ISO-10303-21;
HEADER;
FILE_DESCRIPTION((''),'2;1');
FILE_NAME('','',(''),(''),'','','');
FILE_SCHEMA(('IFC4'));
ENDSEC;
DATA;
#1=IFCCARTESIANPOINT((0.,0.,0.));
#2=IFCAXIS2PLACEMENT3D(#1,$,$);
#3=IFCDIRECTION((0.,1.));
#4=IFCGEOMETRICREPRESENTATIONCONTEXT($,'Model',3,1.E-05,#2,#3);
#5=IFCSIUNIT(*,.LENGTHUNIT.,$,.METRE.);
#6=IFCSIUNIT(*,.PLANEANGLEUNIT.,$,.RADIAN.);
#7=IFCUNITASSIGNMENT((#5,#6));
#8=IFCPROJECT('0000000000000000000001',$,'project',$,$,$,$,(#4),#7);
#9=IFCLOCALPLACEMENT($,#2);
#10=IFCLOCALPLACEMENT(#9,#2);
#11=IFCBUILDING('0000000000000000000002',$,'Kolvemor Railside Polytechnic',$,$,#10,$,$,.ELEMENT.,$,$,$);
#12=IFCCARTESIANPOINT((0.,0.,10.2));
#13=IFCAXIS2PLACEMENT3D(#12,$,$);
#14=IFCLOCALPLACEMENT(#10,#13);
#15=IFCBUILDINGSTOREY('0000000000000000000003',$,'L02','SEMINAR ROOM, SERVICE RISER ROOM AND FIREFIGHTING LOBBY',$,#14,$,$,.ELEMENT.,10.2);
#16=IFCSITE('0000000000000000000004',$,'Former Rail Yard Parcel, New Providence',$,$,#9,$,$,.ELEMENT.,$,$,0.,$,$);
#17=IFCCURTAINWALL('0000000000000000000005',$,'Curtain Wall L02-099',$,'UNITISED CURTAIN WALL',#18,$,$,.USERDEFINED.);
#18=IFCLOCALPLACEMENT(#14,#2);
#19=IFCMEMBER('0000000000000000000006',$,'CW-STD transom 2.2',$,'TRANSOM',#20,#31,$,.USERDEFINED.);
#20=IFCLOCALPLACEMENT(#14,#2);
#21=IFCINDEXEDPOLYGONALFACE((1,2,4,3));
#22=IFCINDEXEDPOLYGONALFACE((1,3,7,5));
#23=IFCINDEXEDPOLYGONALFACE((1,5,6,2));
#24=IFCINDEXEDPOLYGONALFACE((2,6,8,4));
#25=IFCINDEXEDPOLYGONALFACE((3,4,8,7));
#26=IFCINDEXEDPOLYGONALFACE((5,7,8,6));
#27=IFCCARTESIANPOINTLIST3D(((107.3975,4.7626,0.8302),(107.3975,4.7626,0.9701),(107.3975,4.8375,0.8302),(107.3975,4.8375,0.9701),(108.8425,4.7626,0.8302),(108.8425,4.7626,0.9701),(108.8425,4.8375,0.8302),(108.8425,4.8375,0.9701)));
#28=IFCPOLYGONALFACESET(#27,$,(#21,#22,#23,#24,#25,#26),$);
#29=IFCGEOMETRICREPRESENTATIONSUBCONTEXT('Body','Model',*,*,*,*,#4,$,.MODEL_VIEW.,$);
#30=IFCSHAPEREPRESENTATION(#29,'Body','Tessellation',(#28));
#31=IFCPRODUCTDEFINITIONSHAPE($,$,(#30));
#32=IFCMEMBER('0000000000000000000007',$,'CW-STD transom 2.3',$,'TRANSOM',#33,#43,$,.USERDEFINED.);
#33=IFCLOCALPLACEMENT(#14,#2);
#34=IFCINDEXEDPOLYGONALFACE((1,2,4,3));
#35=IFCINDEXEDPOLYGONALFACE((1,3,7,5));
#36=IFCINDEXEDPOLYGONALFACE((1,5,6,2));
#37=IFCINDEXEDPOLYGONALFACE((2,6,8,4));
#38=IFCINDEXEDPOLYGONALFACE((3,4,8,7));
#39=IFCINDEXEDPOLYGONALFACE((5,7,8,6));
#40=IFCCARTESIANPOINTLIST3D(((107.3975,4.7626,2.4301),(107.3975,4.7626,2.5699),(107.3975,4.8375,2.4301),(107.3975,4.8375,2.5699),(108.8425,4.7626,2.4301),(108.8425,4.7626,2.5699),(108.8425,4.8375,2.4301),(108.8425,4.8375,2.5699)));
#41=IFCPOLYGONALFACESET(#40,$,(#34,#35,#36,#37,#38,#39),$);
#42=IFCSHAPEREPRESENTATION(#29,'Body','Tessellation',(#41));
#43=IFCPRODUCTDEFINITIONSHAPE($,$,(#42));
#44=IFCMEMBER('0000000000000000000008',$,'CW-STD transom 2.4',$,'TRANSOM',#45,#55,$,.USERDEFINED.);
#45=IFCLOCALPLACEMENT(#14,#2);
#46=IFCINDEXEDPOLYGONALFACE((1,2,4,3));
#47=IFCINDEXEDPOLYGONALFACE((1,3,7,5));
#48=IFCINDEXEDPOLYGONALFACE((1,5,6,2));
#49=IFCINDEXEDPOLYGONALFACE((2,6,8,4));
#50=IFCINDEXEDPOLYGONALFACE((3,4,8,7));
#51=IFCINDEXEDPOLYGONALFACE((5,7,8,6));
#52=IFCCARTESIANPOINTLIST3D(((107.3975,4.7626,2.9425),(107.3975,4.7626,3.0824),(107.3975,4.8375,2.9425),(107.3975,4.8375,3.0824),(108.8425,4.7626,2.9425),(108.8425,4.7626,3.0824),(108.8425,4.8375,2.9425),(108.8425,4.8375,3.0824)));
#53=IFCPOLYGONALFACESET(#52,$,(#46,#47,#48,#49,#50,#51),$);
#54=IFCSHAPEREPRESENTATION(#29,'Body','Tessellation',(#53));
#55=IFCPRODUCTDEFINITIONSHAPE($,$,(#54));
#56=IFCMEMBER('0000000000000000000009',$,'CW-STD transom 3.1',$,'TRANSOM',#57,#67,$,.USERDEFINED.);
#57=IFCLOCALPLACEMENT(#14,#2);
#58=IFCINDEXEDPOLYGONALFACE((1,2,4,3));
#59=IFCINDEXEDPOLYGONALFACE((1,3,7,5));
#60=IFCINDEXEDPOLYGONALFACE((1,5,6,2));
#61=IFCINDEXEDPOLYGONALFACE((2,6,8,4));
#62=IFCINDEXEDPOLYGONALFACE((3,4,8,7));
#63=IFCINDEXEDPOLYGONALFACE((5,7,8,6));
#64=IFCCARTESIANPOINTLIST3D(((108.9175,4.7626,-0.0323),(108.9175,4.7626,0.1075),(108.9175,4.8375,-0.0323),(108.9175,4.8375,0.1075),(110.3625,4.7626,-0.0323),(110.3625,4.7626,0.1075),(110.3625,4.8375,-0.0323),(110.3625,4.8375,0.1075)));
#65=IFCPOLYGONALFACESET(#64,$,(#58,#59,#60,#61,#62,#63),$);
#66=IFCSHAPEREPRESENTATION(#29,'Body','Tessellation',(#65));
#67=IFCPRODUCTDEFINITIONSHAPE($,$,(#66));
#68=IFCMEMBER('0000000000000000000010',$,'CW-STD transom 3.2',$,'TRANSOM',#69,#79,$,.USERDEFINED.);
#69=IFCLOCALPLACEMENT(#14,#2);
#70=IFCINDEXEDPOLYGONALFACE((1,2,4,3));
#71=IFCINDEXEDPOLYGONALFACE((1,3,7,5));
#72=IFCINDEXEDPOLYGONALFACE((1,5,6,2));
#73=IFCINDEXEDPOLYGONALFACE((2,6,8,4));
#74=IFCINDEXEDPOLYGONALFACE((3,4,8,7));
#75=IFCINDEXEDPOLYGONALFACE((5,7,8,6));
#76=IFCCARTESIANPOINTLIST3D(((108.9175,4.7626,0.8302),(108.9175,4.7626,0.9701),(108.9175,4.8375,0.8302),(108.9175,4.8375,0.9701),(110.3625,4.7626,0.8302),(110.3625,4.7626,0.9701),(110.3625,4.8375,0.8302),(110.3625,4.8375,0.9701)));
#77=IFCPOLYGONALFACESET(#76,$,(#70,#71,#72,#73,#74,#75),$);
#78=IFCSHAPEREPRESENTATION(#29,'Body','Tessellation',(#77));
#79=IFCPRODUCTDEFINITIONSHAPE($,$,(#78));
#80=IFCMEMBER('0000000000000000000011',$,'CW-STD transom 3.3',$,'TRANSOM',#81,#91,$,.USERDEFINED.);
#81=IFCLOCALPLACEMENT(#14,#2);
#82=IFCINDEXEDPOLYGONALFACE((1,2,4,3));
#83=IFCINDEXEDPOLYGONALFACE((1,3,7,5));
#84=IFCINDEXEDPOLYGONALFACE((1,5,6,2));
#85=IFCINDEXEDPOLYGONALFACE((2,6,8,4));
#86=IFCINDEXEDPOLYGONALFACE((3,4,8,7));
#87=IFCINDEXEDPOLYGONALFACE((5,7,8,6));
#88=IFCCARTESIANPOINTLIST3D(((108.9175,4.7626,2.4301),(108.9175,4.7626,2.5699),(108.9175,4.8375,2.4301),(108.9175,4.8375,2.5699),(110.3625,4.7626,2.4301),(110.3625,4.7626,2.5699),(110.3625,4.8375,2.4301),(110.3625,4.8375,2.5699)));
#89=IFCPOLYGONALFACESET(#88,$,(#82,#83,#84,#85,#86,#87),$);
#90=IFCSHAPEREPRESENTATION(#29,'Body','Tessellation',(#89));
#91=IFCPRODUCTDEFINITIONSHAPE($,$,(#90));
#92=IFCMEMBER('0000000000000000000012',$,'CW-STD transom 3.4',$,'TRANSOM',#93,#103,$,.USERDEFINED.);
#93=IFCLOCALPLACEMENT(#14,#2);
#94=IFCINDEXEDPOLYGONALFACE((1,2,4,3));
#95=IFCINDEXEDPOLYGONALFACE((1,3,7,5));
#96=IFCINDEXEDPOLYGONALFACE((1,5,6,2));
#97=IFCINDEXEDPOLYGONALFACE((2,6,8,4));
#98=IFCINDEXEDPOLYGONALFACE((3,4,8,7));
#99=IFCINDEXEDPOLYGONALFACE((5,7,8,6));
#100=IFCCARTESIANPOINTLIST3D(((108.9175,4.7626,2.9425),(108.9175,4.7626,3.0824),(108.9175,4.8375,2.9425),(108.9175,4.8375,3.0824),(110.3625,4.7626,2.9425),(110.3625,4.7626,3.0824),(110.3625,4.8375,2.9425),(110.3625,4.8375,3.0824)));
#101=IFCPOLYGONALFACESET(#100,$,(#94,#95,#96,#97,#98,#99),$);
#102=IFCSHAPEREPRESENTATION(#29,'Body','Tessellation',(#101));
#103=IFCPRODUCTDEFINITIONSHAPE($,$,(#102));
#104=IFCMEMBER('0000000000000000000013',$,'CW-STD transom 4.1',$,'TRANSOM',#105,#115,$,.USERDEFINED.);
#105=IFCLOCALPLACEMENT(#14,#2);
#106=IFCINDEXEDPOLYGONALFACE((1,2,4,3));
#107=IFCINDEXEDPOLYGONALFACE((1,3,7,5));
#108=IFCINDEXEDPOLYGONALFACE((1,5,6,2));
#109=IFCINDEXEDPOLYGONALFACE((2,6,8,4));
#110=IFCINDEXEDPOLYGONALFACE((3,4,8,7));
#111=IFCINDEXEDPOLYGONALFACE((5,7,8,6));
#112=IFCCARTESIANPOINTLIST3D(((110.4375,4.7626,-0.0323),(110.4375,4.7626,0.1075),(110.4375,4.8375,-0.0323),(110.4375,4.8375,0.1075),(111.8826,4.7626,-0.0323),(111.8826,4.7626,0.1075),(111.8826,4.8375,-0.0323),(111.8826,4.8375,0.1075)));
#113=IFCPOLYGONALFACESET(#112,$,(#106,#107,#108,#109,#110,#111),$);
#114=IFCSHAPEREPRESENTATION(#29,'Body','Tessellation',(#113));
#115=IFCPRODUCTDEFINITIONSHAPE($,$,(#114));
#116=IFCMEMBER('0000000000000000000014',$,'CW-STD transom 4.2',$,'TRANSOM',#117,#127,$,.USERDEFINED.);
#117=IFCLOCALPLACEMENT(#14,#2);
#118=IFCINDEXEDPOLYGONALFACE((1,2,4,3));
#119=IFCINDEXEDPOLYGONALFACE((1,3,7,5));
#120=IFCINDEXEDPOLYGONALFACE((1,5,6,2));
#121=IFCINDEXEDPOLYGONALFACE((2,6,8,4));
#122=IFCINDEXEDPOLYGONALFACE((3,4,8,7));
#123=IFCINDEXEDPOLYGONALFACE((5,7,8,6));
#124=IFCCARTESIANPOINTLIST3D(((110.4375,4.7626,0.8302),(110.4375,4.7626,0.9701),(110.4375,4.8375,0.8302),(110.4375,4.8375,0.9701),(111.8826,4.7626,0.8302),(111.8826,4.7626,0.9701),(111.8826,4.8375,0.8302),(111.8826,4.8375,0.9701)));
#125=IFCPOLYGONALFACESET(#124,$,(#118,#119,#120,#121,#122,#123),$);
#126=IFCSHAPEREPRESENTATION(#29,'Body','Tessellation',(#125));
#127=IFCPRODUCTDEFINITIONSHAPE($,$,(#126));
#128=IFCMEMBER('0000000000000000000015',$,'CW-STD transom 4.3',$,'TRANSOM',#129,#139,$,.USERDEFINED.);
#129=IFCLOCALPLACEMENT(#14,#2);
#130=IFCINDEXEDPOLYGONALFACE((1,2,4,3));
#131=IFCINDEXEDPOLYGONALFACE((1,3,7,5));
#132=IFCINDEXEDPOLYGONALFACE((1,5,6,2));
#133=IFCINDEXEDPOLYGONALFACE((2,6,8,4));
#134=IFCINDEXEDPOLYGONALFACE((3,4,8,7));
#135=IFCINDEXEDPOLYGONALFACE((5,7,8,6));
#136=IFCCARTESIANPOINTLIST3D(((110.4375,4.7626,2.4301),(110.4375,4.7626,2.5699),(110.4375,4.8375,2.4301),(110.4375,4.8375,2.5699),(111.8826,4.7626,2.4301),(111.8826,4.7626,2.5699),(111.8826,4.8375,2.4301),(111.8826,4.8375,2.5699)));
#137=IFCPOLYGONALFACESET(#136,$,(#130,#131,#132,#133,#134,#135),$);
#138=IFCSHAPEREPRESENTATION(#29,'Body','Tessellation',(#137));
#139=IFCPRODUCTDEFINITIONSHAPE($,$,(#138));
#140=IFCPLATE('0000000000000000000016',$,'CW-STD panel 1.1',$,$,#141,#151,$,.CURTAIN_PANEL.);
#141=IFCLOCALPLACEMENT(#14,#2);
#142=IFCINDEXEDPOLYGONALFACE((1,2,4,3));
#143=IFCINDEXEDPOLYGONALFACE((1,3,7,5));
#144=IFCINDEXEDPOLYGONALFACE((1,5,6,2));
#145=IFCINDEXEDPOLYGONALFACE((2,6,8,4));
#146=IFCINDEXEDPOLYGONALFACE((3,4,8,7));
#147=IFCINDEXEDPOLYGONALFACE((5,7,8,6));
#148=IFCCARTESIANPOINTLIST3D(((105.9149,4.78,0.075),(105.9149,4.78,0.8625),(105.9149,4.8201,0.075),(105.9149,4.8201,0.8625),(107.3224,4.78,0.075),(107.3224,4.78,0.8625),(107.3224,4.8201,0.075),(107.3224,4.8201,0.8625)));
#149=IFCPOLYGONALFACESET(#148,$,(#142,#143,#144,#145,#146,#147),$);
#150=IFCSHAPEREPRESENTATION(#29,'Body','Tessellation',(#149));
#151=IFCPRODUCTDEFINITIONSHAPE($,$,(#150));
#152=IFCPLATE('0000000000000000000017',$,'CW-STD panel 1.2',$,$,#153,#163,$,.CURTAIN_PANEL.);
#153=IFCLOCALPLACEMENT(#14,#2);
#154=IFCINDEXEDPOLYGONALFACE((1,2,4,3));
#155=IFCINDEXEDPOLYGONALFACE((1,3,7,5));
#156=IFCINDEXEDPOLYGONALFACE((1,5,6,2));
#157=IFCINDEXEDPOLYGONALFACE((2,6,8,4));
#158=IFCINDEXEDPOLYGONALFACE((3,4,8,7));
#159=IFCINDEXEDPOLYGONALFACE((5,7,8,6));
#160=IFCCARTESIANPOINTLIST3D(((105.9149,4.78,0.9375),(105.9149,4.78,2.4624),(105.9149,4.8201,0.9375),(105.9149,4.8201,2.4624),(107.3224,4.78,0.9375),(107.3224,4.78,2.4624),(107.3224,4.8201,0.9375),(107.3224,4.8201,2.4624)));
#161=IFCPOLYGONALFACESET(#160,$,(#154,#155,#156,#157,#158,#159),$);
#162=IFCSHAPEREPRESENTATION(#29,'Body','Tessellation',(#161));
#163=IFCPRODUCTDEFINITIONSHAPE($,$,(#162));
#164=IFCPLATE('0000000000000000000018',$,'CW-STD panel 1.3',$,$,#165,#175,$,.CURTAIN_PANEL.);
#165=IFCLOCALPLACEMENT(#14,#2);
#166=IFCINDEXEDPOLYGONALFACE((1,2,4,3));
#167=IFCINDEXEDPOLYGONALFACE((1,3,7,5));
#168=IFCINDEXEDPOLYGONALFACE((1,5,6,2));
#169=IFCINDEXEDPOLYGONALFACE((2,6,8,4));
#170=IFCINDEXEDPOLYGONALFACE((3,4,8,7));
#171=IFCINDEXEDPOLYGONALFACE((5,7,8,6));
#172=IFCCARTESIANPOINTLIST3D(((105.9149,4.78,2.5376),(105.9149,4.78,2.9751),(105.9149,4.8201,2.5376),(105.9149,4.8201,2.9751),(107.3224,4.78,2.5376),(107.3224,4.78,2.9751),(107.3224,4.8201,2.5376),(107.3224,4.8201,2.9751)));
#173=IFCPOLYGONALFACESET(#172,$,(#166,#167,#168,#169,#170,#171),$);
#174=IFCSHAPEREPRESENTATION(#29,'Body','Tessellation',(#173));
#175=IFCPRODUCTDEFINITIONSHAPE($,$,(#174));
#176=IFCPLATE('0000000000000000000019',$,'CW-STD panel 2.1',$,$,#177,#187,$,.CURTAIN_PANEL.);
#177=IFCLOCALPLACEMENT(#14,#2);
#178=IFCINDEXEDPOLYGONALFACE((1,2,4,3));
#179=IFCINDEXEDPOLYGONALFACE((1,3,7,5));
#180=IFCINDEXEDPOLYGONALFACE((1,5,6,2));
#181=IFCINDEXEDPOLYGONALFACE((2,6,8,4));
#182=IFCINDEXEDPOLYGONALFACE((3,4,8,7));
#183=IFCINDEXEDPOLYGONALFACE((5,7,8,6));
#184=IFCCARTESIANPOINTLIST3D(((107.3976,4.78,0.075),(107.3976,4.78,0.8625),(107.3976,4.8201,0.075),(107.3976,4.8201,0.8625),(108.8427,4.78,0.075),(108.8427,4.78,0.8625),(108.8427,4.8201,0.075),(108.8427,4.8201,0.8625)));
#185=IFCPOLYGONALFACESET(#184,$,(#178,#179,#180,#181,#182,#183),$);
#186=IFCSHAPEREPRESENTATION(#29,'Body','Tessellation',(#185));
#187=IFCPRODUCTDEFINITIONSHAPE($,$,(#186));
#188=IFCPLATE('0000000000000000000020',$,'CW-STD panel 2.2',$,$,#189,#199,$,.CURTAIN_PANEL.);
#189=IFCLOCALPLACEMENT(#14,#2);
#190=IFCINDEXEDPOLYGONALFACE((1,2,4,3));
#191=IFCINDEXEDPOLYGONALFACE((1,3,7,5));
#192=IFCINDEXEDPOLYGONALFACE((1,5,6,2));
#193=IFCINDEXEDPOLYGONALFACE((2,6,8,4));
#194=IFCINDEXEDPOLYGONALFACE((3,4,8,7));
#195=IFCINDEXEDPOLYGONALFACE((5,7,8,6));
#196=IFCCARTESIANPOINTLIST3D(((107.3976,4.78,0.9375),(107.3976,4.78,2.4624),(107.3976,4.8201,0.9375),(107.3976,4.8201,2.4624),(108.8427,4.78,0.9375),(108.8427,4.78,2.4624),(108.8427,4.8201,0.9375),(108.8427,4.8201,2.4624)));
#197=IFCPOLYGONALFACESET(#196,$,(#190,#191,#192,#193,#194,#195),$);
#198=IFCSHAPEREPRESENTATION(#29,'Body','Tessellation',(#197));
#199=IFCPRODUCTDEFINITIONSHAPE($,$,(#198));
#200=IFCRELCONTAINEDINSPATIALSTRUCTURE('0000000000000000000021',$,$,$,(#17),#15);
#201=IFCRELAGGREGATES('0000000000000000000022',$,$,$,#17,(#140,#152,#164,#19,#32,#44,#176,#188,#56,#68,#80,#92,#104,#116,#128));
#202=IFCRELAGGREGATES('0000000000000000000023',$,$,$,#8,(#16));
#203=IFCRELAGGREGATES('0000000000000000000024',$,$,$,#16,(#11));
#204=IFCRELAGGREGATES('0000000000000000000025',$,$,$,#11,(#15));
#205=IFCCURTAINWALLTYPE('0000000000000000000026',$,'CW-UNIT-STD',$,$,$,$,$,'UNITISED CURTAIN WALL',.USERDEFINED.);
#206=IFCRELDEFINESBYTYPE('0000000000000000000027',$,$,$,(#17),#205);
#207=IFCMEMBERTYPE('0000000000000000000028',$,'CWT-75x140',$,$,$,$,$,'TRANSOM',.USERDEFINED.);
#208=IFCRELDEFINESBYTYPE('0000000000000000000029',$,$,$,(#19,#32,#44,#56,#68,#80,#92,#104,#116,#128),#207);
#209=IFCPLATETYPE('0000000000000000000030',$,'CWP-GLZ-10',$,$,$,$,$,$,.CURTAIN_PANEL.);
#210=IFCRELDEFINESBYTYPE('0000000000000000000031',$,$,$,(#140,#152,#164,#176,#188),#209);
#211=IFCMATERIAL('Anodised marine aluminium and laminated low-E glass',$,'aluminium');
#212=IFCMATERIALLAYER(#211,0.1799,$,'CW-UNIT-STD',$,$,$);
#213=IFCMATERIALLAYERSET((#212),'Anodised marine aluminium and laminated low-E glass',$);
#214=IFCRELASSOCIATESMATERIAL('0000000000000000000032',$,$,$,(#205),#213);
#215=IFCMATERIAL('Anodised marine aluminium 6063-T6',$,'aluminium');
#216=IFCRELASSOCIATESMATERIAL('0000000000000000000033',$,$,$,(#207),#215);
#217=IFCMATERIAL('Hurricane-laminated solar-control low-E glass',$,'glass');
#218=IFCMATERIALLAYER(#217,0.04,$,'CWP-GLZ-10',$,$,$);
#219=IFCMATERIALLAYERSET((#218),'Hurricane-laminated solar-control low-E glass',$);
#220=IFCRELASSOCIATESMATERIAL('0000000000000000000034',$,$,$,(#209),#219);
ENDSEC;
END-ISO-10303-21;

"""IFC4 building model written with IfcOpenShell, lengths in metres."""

from ifc_helpers import new_model, si_unit, direction, frame, origin, origin_2d, place, context, subcontext, project, spatial, rectangle, extrude, material, layer, layer_set, material_profile, profile_set, type_object, element, aggregate, save


model = new_model("IFC4")

# Units and contexts
model_context = context("Model", 3, precision=1e-05, world=origin(), true_north=direction((0.0, 1.0)))
body_context = subcontext(model_context, "Body", "Model", "MODEL_VIEW")
ifc_project = project(units=[si_unit("LENGTHUNIT", "METRE"), si_unit("PLANEANGLEUNIT", "RADIAN")], contexts=[model_context])

# Site, building, storey
site_placement = place(None, origin())
site = spatial("IfcSite", under=ifc_project, at=site_placement, Name="Former Rail Yard Parcel, New Providence", CompositionType="ELEMENT", RefElevation=0.0)
building_placement = place(site_placement, origin())
building = spatial("IfcBuilding", under=site, at=building_placement, Name="Kolvemor Railside Polytechnic", CompositionType="ELEMENT")
storey_placement = place(building_placement, frame((0.0, 0.0, 10.2)))
storey = spatial("IfcBuildingStorey", under=building, at=storey_placement, Name="L02", Description="SEMINAR ROOM, SERVICE RISER ROOM AND FIREFIGHTING LOBBY", CompositionType="ELEMENT", Elevation=10.2)

# Curtain wall, members, plates
ifc_material_1 = material(Name="Anodised marine aluminium and laminated low-E glass", Category="aluminium")
ifc_layer_1 = layer(ifc_material_1, 0.1799, Name="CW-UNIT-STD")
ifc_layer_set_1 = layer_set([ifc_layer_1], Name="Anodised marine aluminium and laminated low-E glass")
curtain_wall_type = type_object("IfcCurtainWallType", Name="CW-UNIT-STD", ElementType="UNITISED CURTAIN WALL", PredefinedType="USERDEFINED", material=ifc_layer_set_1)
curtain_wall_placement = place(storey_placement, origin())
curtain_wall = element("IfcCurtainWall", 1, at=curtain_wall_placement, inside=storey, type_object=curtain_wall_type, Name="Curtain Wall L02-099", ObjectType="UNITISED CURTAIN WALL", PredefinedType="USERDEFINED")
ifc_material_2 = material(Name="Anodised marine aluminium 6063-T6", Category="aluminium")
ifc_material_profile_1 = material_profile(ifc_material_2, rectangle(XDim=0.075, YDim=0.1399, at=origin_2d()), Name="CW-TRN-75x140")
ifc_profile_set_1 = profile_set([ifc_material_profile_1], Name="Anodised marine aluminium 6063-T6")
member_type_1 = type_object("IfcMemberType", Name="CWT-75x140", ElementType="TRANSOM", PredefinedType="USERDEFINED", material=ifc_profile_set_1)
member_1_placement = place(storey_placement, frame((107.3975, 4.8, 0.9001), z_axis=(1.0, 0.0, 0.0), x_axis=(0.0, 1.0, 0.0)))
member_1 = element("IfcMember", 2, at=member_1_placement, type_object=member_type_1, Name="CW-STD transom 2.2", ObjectType="TRANSOM", PredefinedType="USERDEFINED", context=body_context, shape_type="SweptSolid", body=[
    extrude(rectangle(XDim=0.075, YDim=0.1399, at=origin_2d()), origin(), (0.0, 0.0, 1.0), 1.4451),
])
member_2_placement = place(storey_placement, frame((107.3975, 4.8, 2.5), z_axis=(1.0, 0.0, 0.0), x_axis=(0.0, 1.0, 0.0)))
member_2 = element("IfcMember", 3, at=member_2_placement, type_object=member_type_1, Name="CW-STD transom 2.3", ObjectType="TRANSOM", PredefinedType="USERDEFINED", context=body_context, shape_type="SweptSolid", body=[
    extrude(rectangle(XDim=0.075, YDim=0.1399, at=origin_2d()), origin(), (0.0, 0.0, 1.0), 1.4451),
])
member_3_placement = place(storey_placement, frame((107.3975, 4.8, 3.0125), z_axis=(1.0, 0.0, 0.0), x_axis=(0.0, 1.0, 0.0)))
member_3 = element("IfcMember", 4, at=member_3_placement, type_object=member_type_1, Name="CW-STD transom 2.4", ObjectType="TRANSOM", PredefinedType="USERDEFINED", context=body_context, shape_type="SweptSolid", body=[
    extrude(rectangle(XDim=0.075, YDim=0.1399, at=origin_2d()), origin(), (0.0, 0.0, 1.0), 1.4451),
])
member_4_placement = place(storey_placement, frame((108.9175, 4.8, 0.0376), z_axis=(1.0, 0.0, 0.0), x_axis=(0.0, 1.0, 0.0)))
member_4 = element("IfcMember", 5, at=member_4_placement, type_object=member_type_1, Name="CW-STD transom 3.1", ObjectType="TRANSOM", PredefinedType="USERDEFINED", context=body_context, shape_type="SweptSolid", body=[
    extrude(rectangle(XDim=0.075, YDim=0.1399, at=origin_2d()), origin(), (0.0, 0.0, 1.0), 1.4451),
])
member_5_placement = place(storey_placement, frame((108.9175, 4.8, 0.9001), z_axis=(1.0, 0.0, 0.0), x_axis=(0.0, 1.0, 0.0)))
member_5 = element("IfcMember", 6, at=member_5_placement, type_object=member_type_1, Name="CW-STD transom 3.2", ObjectType="TRANSOM", PredefinedType="USERDEFINED", context=body_context, shape_type="SweptSolid", body=[
    extrude(rectangle(XDim=0.075, YDim=0.1399, at=origin_2d()), origin(), (0.0, 0.0, 1.0), 1.4451),
])
member_6_placement = place(storey_placement, frame((108.9175, 4.8, 2.5), z_axis=(1.0, 0.0, 0.0), x_axis=(0.0, 1.0, 0.0)))
member_6 = element("IfcMember", 7, at=member_6_placement, type_object=member_type_1, Name="CW-STD transom 3.3", ObjectType="TRANSOM", PredefinedType="USERDEFINED", context=body_context, shape_type="SweptSolid", body=[
    extrude(rectangle(XDim=0.075, YDim=0.1399, at=origin_2d()), origin(), (0.0, 0.0, 1.0), 1.4451),
])
member_7_placement = place(storey_placement, frame((108.9175, 4.8, 3.0125), z_axis=(1.0, 0.0, 0.0), x_axis=(0.0, 1.0, 0.0)))
member_7 = element("IfcMember", 8, at=member_7_placement, type_object=member_type_1, Name="CW-STD transom 3.4", ObjectType="TRANSOM", PredefinedType="USERDEFINED", context=body_context, shape_type="SweptSolid", body=[
    extrude(rectangle(XDim=0.075, YDim=0.1399, at=origin_2d()), origin(), (0.0, 0.0, 1.0), 1.4451),
])
member_8_placement = place(storey_placement, frame((110.4375, 4.8, 0.0376), z_axis=(1.0, 0.0, 0.0), x_axis=(0.0, 1.0, 0.0)))
member_8 = element("IfcMember", 9, at=member_8_placement, type_object=member_type_1, Name="CW-STD transom 4.1", ObjectType="TRANSOM", PredefinedType="USERDEFINED", context=body_context, shape_type="SweptSolid", body=[
    extrude(rectangle(XDim=0.075, YDim=0.1399, at=origin_2d()), origin(), (0.0, 0.0, 1.0), 1.4451),
])
member_9_placement = place(storey_placement, frame((110.4375, 4.8, 0.9001), z_axis=(1.0, 0.0, 0.0), x_axis=(0.0, 1.0, 0.0)))
member_9 = element("IfcMember", 10, at=member_9_placement, type_object=member_type_1, Name="CW-STD transom 4.2", ObjectType="TRANSOM", PredefinedType="USERDEFINED", context=body_context, shape_type="SweptSolid", body=[
    extrude(rectangle(XDim=0.075, YDim=0.1399, at=origin_2d()), origin(), (0.0, 0.0, 1.0), 1.4451),
])
member_10_placement = place(storey_placement, frame((110.4375, 4.8, 2.5), z_axis=(1.0, 0.0, 0.0), x_axis=(0.0, 1.0, 0.0)))
member_10 = element("IfcMember", 11, at=member_10_placement, type_object=member_type_1, Name="CW-STD transom 4.3", ObjectType="TRANSOM", PredefinedType="USERDEFINED", context=body_context, shape_type="SweptSolid", body=[
    extrude(rectangle(XDim=0.075, YDim=0.1399, at=origin_2d()), origin(), (0.0, 0.0, 1.0), 1.4451),
])
ifc_material_3 = material(Name="Hurricane-laminated solar-control low-E glass", Category="glass")
ifc_layer_2 = layer(ifc_material_3, 0.04, Name="CWP-GLZ-10")
ifc_layer_set_2 = layer_set([ifc_layer_2], Name="Hurricane-laminated solar-control low-E glass")
plate_type = type_object("IfcPlateType", Name="CWP-GLZ-10", PredefinedType="CURTAIN_PANEL", material=ifc_layer_set_2)
plate_1_placement = place(storey_placement, frame((106.6187, 4.8, 0.075), z_axis=(0.0, 0.0, 1.0), x_axis=(1.0, 0.0, 0.0)))
plate_1 = element("IfcPlate", 12, at=plate_1_placement, type_object=plate_type, Name="CW-STD panel 1.1", PredefinedType="CURTAIN_PANEL", context=body_context, shape_type="SweptSolid", body=[
    extrude(rectangle(XDim=1.4075, YDim=0.04, at=origin_2d()), origin(), (0.0, 0.0, 1.0), 0.7876),
])
plate_2_placement = place(storey_placement, frame((106.6187, 4.8, 0.9375), z_axis=(0.0, 0.0, 1.0), x_axis=(1.0, 0.0, 0.0)))
plate_2 = element("IfcPlate", 13, at=plate_2_placement, type_object=plate_type, Name="CW-STD panel 1.2", PredefinedType="CURTAIN_PANEL", context=body_context, shape_type="SweptSolid", body=[
    extrude(rectangle(XDim=1.4075, YDim=0.04, at=origin_2d()), origin(), (0.0, 0.0, 1.0), 1.5249),
])
plate_3_placement = place(storey_placement, frame((106.6187, 4.8, 2.5376), z_axis=(0.0, 0.0, 1.0), x_axis=(1.0, 0.0, 0.0)))
plate_3 = element("IfcPlate", 14, at=plate_3_placement, type_object=plate_type, Name="CW-STD panel 1.3", PredefinedType="CURTAIN_PANEL", context=body_context, shape_type="SweptSolid", body=[
    extrude(rectangle(XDim=1.4075, YDim=0.04, at=origin_2d()), origin(), (0.0, 0.0, 1.0), 0.4375),
])
plate_4_placement = place(storey_placement, frame((108.1201, 4.8, 0.075), z_axis=(0.0, 0.0, 1.0), x_axis=(1.0, 0.0, 0.0)))
plate_4 = element("IfcPlate", 15, at=plate_4_placement, type_object=plate_type, Name="CW-STD panel 2.1", PredefinedType="CURTAIN_PANEL", context=body_context, shape_type="SweptSolid", body=[
    extrude(rectangle(XDim=1.4451, YDim=0.04, at=origin_2d()), origin(), (0.0, 0.0, 1.0), 0.7876),
])
plate_5_placement = place(storey_placement, frame((108.1201, 4.8, 0.9375), z_axis=(0.0, 0.0, 1.0), x_axis=(1.0, 0.0, 0.0)))
plate_5 = element("IfcPlate", 16, at=plate_5_placement, type_object=plate_type, Name="CW-STD panel 2.2", PredefinedType="CURTAIN_PANEL", context=body_context, shape_type="SweptSolid", body=[
    extrude(rectangle(XDim=1.4451, YDim=0.04, at=origin_2d()), origin(), (0.0, 0.0, 1.0), 1.5249),
])
aggregate(curtain_wall, [plate_1, plate_2, plate_3, member_1, member_2, member_3, plate_4, plate_5, member_4, member_5, member_6, member_7, member_8, member_9, member_10])

save(model, "model.ifc")
